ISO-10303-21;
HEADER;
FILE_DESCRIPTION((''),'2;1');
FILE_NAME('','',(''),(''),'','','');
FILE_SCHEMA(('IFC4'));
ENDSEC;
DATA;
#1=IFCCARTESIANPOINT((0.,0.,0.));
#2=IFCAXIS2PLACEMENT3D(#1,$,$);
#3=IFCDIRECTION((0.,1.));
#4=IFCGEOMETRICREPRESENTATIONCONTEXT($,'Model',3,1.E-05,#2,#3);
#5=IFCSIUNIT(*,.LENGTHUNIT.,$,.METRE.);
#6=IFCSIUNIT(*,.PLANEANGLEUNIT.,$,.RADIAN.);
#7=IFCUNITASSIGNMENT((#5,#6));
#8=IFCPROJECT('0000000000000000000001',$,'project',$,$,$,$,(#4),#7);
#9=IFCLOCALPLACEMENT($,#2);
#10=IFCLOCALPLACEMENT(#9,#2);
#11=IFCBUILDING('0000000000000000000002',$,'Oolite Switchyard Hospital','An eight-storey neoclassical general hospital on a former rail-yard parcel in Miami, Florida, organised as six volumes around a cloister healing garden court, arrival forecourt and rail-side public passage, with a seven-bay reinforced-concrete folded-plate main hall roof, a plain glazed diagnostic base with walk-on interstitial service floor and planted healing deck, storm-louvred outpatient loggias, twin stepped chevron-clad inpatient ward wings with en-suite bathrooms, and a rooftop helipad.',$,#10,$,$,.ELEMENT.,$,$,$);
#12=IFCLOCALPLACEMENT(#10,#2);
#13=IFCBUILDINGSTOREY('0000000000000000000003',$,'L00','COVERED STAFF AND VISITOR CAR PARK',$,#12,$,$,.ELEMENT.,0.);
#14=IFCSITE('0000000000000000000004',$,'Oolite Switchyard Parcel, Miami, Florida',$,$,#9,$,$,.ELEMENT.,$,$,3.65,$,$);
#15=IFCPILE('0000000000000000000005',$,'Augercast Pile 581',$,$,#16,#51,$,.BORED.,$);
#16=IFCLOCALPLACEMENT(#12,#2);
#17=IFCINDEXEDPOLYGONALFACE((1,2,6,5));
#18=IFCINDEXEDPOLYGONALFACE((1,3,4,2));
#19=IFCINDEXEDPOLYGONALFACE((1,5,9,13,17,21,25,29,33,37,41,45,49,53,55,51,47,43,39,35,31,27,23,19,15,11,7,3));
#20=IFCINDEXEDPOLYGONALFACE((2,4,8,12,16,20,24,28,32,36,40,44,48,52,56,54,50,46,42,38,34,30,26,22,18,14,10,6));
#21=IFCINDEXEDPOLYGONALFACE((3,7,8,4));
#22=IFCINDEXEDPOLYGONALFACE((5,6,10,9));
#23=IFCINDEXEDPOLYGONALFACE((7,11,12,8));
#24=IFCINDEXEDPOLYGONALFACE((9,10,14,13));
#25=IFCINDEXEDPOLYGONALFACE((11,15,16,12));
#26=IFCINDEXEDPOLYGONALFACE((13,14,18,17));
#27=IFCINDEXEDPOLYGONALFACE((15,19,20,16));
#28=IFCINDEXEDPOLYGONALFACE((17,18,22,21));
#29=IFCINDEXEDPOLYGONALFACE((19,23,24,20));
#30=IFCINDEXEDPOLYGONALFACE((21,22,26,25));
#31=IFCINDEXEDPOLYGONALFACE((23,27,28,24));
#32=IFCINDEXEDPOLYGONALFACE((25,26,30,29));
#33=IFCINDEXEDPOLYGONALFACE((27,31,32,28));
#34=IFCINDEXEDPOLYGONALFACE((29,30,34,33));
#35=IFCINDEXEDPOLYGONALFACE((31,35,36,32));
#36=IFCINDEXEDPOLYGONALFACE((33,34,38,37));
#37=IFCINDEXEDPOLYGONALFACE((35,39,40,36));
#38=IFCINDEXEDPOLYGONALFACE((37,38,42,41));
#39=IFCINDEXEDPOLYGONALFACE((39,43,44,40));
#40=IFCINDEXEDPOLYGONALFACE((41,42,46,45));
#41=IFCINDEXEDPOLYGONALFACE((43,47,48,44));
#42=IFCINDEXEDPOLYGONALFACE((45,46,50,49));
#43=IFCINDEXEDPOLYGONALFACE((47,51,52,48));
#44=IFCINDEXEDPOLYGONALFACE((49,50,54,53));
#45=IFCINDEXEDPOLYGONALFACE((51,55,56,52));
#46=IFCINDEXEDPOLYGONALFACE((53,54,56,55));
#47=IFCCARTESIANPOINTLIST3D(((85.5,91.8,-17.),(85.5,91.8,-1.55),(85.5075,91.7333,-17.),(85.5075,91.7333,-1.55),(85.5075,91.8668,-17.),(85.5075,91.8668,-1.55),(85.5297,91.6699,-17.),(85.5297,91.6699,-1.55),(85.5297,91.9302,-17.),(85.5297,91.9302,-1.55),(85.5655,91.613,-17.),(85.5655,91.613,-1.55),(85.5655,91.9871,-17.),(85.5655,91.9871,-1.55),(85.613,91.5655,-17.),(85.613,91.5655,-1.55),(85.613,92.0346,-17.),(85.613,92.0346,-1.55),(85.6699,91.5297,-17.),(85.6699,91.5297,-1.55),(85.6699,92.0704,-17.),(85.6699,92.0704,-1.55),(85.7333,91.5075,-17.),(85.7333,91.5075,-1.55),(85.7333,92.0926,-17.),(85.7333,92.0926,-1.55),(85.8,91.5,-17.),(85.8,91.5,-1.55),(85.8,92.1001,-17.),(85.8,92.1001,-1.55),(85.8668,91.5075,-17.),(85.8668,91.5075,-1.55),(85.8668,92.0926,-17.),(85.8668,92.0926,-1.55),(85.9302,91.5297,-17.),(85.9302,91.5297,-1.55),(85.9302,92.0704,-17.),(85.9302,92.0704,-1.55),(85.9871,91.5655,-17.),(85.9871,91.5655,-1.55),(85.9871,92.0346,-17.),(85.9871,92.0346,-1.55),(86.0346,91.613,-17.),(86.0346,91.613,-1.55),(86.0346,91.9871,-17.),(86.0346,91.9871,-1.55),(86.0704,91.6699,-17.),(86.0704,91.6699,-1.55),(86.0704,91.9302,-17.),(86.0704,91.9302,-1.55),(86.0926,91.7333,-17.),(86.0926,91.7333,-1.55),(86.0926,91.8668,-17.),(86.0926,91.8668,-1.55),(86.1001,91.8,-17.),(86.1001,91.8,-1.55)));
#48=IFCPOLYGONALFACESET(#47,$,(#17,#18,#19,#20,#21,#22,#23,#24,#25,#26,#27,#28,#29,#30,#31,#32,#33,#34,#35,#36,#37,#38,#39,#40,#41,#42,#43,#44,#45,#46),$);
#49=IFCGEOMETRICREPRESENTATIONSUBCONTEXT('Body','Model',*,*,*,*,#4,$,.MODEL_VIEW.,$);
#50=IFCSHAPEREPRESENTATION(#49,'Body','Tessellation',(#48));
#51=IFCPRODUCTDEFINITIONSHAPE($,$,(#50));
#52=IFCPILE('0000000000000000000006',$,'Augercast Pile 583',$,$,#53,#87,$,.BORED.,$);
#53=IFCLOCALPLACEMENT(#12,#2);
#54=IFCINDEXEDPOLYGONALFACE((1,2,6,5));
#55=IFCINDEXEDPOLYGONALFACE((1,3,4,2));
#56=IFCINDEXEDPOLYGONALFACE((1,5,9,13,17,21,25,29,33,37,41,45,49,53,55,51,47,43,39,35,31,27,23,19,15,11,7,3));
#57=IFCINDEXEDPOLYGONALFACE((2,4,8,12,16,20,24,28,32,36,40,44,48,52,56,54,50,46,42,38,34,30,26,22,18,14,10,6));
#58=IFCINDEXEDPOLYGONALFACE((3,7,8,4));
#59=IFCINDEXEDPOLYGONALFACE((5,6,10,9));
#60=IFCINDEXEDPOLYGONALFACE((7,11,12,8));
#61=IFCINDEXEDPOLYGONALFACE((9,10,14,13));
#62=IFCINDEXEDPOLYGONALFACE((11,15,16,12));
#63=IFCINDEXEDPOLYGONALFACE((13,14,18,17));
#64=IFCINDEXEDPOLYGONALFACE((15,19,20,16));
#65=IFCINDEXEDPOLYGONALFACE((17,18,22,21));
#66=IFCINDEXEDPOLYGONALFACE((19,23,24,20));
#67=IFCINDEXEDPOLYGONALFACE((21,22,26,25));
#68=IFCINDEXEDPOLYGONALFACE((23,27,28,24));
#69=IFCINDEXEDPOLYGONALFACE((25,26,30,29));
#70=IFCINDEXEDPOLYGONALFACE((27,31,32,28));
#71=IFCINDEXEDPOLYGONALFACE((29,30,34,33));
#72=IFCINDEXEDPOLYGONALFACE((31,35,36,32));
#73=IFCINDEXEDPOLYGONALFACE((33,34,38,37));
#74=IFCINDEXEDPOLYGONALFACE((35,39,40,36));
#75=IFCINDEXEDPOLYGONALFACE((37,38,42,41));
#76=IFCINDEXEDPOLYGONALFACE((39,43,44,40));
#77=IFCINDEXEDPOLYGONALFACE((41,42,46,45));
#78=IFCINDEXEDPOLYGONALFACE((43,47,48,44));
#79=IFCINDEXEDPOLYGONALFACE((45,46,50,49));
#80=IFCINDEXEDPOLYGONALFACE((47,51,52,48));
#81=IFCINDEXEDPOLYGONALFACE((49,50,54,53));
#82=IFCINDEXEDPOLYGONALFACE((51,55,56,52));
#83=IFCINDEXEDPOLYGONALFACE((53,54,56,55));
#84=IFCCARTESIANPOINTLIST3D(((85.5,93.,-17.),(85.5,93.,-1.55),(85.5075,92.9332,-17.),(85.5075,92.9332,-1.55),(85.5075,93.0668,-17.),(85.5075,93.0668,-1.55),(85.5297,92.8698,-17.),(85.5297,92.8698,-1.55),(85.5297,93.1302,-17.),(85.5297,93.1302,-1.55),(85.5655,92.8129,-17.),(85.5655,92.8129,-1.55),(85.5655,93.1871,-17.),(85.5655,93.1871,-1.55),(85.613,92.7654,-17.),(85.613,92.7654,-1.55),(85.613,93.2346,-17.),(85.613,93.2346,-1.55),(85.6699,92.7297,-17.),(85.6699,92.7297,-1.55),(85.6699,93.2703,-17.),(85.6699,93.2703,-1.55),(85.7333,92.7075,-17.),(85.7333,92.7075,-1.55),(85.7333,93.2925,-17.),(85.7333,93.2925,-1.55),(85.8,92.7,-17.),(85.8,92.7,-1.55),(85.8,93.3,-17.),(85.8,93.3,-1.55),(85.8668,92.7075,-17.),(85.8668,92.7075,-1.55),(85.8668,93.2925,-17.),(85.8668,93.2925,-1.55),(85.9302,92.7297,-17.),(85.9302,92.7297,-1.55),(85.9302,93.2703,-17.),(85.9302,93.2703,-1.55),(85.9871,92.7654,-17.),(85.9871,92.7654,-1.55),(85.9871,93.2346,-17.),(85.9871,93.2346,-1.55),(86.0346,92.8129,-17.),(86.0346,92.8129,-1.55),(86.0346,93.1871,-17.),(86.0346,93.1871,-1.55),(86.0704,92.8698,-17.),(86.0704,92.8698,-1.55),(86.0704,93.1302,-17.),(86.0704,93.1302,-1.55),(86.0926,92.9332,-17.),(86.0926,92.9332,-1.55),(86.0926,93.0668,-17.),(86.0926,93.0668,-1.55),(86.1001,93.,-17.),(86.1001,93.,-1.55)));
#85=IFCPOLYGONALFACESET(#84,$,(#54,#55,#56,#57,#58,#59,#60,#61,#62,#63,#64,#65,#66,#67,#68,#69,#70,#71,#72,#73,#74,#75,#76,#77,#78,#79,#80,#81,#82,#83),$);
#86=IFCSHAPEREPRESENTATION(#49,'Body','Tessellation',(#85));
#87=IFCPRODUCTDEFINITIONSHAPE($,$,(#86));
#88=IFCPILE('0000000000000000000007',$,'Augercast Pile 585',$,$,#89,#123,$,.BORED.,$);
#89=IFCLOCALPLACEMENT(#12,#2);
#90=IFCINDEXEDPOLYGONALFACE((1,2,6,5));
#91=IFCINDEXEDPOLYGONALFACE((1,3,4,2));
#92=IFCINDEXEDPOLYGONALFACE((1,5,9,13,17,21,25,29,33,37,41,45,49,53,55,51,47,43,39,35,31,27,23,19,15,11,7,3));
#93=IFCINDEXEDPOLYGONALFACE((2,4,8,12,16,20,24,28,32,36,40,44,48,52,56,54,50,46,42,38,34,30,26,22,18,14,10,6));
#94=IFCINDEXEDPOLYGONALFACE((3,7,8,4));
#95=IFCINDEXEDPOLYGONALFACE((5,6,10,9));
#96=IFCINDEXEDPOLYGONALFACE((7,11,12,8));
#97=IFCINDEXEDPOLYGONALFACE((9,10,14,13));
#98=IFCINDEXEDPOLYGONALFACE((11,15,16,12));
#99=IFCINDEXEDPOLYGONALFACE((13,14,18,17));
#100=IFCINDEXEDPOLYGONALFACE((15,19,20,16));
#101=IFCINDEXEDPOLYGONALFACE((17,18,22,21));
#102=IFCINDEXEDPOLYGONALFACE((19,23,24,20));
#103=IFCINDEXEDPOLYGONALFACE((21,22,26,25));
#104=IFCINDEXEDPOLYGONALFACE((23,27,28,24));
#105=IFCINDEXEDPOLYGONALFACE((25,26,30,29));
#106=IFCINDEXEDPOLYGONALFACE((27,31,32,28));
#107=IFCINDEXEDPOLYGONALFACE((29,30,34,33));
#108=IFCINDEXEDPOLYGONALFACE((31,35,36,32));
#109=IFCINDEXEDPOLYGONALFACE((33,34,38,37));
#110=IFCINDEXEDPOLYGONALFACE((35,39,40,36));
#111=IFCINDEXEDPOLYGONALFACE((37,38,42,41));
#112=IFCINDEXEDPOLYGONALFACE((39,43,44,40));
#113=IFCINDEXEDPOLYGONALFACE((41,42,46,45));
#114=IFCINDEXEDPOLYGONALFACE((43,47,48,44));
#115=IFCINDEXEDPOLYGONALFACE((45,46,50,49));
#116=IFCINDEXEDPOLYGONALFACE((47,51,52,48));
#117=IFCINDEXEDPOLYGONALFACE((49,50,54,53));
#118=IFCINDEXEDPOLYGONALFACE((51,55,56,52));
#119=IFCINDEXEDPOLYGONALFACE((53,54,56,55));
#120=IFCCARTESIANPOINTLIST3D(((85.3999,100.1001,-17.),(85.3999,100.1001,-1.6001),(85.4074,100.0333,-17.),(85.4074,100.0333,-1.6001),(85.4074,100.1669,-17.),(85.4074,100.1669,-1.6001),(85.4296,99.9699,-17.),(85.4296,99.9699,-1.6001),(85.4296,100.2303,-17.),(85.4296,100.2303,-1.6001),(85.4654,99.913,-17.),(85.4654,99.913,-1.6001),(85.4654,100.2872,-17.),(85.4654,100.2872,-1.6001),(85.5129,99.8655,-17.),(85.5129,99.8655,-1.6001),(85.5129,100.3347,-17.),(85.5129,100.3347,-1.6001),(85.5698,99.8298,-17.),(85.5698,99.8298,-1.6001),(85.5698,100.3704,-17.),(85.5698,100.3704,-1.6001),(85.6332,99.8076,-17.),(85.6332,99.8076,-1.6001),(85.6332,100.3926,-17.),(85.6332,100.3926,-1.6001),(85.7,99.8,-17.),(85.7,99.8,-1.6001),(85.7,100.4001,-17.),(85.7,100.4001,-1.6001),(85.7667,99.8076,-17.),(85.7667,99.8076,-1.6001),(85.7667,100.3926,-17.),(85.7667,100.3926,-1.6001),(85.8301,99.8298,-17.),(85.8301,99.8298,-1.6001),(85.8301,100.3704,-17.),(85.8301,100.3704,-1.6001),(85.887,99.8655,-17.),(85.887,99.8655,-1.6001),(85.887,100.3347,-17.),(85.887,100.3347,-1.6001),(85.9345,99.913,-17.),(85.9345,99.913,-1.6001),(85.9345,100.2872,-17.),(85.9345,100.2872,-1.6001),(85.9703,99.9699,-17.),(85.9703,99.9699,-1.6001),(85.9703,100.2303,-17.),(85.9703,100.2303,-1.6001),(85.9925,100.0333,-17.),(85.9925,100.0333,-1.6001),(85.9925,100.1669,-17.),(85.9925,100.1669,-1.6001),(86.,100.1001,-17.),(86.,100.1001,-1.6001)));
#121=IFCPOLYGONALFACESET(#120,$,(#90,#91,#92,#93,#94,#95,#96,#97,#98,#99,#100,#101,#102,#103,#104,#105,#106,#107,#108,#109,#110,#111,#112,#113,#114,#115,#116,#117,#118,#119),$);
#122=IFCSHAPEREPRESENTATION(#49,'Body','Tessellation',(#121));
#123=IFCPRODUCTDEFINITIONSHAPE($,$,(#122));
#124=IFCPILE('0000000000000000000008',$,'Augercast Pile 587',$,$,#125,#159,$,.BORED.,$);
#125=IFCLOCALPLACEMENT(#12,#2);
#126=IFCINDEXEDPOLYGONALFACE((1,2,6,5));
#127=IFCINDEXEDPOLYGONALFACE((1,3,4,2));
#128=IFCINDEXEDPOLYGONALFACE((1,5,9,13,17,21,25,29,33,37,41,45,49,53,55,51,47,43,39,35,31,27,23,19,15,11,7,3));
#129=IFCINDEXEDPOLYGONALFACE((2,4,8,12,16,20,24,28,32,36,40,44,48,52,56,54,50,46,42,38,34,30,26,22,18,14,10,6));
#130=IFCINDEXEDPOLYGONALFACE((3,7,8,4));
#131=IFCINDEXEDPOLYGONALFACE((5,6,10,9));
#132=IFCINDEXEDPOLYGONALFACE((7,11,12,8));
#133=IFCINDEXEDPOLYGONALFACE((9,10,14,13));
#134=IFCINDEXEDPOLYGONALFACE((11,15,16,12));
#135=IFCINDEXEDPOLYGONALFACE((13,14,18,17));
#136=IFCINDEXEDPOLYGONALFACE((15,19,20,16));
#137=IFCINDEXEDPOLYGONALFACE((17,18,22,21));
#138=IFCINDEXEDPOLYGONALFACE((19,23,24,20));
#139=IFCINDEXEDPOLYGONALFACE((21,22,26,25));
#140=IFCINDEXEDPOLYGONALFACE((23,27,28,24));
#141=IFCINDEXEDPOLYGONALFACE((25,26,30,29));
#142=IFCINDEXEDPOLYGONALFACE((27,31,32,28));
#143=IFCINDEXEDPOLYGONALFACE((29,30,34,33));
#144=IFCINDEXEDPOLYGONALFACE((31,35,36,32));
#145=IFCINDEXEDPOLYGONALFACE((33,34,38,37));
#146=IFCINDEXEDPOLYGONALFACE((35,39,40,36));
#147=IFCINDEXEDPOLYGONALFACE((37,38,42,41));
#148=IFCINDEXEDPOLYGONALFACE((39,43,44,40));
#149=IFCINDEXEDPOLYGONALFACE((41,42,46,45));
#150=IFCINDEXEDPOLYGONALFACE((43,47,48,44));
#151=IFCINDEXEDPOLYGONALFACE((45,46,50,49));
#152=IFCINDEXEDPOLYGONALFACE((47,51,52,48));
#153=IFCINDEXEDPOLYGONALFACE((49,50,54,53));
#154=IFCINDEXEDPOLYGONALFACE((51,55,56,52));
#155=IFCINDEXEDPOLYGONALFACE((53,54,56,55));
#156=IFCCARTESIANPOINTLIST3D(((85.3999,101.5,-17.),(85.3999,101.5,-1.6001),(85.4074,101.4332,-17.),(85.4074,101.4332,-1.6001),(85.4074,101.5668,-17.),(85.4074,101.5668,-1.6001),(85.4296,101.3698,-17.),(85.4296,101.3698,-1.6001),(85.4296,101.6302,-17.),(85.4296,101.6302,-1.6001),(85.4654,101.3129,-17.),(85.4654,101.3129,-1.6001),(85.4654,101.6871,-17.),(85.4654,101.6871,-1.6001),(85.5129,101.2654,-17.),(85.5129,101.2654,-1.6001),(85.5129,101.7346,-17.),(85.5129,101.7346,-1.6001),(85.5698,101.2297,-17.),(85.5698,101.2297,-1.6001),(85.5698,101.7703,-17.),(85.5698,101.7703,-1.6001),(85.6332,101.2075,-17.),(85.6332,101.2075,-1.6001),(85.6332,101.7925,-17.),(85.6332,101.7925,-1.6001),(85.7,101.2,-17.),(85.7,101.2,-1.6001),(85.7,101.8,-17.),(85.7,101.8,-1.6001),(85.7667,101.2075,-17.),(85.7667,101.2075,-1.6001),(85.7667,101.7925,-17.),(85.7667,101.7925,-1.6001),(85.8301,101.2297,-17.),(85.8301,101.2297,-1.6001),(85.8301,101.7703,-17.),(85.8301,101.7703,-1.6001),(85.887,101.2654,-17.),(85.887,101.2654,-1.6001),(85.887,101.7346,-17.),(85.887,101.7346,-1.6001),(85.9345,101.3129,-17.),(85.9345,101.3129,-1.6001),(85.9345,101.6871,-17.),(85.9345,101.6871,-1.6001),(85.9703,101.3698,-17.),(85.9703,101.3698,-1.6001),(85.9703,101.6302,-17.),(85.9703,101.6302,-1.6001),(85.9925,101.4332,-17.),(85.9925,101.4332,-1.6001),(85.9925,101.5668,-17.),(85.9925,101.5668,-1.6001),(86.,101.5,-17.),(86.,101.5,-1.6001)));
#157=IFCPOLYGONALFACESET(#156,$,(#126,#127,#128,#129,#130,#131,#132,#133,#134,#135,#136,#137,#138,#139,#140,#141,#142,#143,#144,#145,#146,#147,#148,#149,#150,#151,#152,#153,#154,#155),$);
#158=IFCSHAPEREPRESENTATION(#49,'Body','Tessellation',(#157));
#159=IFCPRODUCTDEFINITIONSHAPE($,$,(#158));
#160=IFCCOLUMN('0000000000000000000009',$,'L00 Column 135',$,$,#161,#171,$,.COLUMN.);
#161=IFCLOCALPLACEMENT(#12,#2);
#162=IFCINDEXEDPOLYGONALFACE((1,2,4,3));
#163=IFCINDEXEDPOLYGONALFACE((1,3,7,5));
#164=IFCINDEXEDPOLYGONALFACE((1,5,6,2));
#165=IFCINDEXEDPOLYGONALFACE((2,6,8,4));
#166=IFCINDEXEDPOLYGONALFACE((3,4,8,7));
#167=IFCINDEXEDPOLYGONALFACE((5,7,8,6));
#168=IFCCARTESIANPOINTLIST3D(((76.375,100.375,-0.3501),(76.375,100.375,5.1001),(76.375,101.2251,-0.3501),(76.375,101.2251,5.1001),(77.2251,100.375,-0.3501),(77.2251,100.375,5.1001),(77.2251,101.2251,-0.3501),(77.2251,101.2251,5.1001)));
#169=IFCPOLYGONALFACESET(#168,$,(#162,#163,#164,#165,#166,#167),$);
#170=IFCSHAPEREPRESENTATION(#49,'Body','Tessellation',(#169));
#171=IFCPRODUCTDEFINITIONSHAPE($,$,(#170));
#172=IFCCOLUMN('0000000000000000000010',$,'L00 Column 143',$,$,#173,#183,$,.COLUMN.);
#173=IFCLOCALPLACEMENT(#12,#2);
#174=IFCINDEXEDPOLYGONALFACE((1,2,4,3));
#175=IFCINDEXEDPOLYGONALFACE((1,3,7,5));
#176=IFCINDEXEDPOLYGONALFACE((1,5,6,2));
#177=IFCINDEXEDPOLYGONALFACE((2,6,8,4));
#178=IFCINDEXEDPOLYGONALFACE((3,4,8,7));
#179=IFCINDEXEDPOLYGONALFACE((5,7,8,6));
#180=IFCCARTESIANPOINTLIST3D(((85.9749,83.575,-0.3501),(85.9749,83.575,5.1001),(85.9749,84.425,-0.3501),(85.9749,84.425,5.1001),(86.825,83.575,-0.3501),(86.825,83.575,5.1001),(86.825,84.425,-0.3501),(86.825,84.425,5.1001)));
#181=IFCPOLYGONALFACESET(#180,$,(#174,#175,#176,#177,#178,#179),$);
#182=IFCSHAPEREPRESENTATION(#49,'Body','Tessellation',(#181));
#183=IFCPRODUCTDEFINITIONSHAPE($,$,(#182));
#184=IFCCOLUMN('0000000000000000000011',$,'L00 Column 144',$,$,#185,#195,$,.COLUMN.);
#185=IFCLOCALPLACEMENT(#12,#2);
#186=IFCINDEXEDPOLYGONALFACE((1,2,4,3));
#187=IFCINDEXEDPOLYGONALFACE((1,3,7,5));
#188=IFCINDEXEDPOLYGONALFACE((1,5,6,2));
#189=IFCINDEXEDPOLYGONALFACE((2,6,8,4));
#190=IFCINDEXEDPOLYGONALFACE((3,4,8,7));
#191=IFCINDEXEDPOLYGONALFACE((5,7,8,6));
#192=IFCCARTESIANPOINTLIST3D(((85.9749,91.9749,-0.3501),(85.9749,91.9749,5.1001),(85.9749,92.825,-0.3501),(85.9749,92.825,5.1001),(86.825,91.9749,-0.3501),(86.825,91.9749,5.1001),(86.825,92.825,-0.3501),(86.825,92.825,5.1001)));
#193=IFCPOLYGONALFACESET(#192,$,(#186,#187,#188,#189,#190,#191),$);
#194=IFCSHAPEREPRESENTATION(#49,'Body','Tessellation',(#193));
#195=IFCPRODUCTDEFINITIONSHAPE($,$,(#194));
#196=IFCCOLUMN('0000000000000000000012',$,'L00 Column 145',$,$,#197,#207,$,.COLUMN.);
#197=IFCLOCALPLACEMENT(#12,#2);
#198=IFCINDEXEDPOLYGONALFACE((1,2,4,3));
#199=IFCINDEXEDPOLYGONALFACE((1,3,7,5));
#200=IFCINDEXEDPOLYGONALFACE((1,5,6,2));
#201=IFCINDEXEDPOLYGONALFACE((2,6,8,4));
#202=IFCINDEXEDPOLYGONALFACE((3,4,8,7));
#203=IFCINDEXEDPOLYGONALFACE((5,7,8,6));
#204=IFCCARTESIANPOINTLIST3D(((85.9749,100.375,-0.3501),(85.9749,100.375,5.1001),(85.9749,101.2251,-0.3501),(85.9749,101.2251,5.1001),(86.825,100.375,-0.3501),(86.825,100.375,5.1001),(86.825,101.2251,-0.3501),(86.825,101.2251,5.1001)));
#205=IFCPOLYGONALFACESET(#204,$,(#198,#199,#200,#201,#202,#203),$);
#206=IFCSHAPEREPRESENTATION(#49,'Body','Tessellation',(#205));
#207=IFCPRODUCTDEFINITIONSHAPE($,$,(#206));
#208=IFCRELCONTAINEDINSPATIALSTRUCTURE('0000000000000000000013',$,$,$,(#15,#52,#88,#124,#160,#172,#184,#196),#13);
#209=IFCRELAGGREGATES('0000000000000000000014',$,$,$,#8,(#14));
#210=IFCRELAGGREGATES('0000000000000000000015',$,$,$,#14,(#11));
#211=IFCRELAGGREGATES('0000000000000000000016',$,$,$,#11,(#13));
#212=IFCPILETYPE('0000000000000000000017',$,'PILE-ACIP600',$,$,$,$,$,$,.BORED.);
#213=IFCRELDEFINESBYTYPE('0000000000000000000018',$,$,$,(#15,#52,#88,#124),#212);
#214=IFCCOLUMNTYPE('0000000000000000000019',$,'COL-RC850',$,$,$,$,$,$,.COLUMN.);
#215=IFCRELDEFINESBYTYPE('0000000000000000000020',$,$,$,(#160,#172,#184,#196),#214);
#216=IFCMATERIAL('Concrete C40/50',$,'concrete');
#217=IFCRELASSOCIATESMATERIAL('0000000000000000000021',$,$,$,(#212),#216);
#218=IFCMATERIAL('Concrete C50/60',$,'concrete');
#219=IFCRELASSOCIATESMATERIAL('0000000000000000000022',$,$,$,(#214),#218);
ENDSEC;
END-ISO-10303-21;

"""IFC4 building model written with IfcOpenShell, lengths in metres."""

from ifc_helpers import new_model, si_unit, direction, frame, origin, origin_2d, place, context, subcontext, project, spatial, rectangle, circle, extrude, material, material_profile, profile_set, type_object, element, save


model = new_model("IFC4")

# Units and contexts
model_context = context("Model", 3, precision=1e-05, world=origin(), true_north=direction((0.0, 1.0)))
body_context = subcontext(model_context, "Body", "Model", "MODEL_VIEW")
ifc_project = project(units=[si_unit("LENGTHUNIT", "METRE"), si_unit("PLANEANGLEUNIT", "RADIAN")], contexts=[model_context])

# Site, building, storey
site_placement = place(None, origin())
site = spatial("IfcSite", under=ifc_project, at=site_placement, Name="Oolite Switchyard Parcel, Miami, Florida", CompositionType="ELEMENT", RefElevation=3.65)
building_placement = place(site_placement, origin())
building = spatial("IfcBuilding", under=site, at=building_placement, Name="Oolite Switchyard Hospital", Description="An eight-storey neoclassical general hospital on a former rail-yard parcel in Miami, Florida, organised as six volumes around a cloister healing garden court, arrival forecourt and rail-side public passage, with a seven-bay reinforced-concrete folded-plate main hall roof, a plain glazed diagnostic base with walk-on interstitial service floor and planted healing deck, storm-louvred outpatient loggias, twin stepped chevron-clad inpatient ward wings with en-suite bathrooms, and a rooftop helipad.", CompositionType="ELEMENT")
storey_placement = place(building_placement, origin())
storey = spatial("IfcBuildingStorey", under=building, at=storey_placement, Name="L00", Description="COVERED STAFF AND VISITOR CAR PARK", CompositionType="ELEMENT", Elevation=0.0)

# Shared definitions
ifc_material_1 = material(Name="Concrete C40/50", Category="concrete")

# Piles
ifc_material_profile_1 = material_profile(ifc_material_1, circle(Radius=0.3, at=origin_2d()), Name="PILE600")
ifc_profile_set_1 = profile_set([ifc_material_profile_1], Name="Concrete C40/50")
pile_type = type_object("IfcPileType", Name="PILE-ACIP600", PredefinedType="BORED", material=ifc_profile_set_1)
for number, where, z_axis, x_axis, name in (
    (1, (85.8, 91.8, -1.55), (0.0, 0.0, -1.0), (1.0, 0.0, 0.0), "Augercast Pile 581"),
    (2, (85.8, 93.0, -1.55), (0.0, 0.0, -1.0), (1.0, 0.0, 0.0), "Augercast Pile 583"),
):
    element("IfcPile", number, at=place(storey_placement, frame(where, z_axis=z_axis, x_axis=x_axis)), inside=storey, type_object=pile_type, Name=name, PredefinedType="BORED", context=body_context, shape_type="SweptSolid", body=[
        extrude(circle(Radius=0.3, at=origin_2d()), origin(), (0.0, 0.0, 1.0), 15.45),
    ])
for number, where, z_axis, x_axis, name in (
    (3, (85.7, 100.1001, -1.6001), (0.0, 0.0, -1.0), (1.0, 0.0, 0.0), "Augercast Pile 585"),
    (4, (85.7, 101.5, -1.6001), (0.0, 0.0, -1.0), (1.0, 0.0, 0.0), "Augercast Pile 587"),
):
    element("IfcPile", number, at=place(storey_placement, frame(where, z_axis=z_axis, x_axis=x_axis)), inside=storey, type_object=pile_type, Name=name, PredefinedType="BORED", context=body_context, shape_type="SweptSolid", body=[
        extrude(circle(Radius=0.3, at=origin_2d()), origin(), (0.0, 0.0, 1.0), 15.3999),
    ])

# Columns
ifc_material_2 = material(Name="Concrete C50/60", Category="concrete")
ifc_material_profile_2 = material_profile(ifc_material_2, rectangle(XDim=0.8501, YDim=0.8501, at=origin_2d()), Name="RC850X850")
ifc_profile_set_2 = profile_set([ifc_material_profile_2], Name="Concrete C50/60")
column_type = type_object("IfcColumnType", Name="COL-RC850", PredefinedType="COLUMN", material=ifc_profile_set_2)
for number, where, z_axis, x_axis, name in (
    (5, (76.8, 100.8, -0.3501), (0.0, 0.0, 1.0), (1.0, 0.0, 0.0), "L00 Column 135"),
    (6, (86.3999, 84.0, -0.3501), (0.0, 0.0, 1.0), (1.0, 0.0, 0.0), "L00 Column 143"),
    (7, (86.3999, 92.3999, -0.3501), (0.0, 0.0, 1.0), (1.0, 0.0, 0.0), "L00 Column 144"),
    (8, (86.3999, 100.8, -0.3501), (0.0, 0.0, 1.0), (1.0, 0.0, 0.0), "L00 Column 145"),
):
    element("IfcColumn", number, at=place(storey_placement, frame(where, z_axis=z_axis, x_axis=x_axis)), inside=storey, type_object=column_type, Name=name, PredefinedType="COLUMN", context=body_context, shape_type="SweptSolid", body=[
        extrude(rectangle(XDim=0.8501, YDim=0.8501, at=origin_2d()), origin(), (0.0, 0.0, 1.0), 5.4502),
    ])

save(model, "model.ifc")
